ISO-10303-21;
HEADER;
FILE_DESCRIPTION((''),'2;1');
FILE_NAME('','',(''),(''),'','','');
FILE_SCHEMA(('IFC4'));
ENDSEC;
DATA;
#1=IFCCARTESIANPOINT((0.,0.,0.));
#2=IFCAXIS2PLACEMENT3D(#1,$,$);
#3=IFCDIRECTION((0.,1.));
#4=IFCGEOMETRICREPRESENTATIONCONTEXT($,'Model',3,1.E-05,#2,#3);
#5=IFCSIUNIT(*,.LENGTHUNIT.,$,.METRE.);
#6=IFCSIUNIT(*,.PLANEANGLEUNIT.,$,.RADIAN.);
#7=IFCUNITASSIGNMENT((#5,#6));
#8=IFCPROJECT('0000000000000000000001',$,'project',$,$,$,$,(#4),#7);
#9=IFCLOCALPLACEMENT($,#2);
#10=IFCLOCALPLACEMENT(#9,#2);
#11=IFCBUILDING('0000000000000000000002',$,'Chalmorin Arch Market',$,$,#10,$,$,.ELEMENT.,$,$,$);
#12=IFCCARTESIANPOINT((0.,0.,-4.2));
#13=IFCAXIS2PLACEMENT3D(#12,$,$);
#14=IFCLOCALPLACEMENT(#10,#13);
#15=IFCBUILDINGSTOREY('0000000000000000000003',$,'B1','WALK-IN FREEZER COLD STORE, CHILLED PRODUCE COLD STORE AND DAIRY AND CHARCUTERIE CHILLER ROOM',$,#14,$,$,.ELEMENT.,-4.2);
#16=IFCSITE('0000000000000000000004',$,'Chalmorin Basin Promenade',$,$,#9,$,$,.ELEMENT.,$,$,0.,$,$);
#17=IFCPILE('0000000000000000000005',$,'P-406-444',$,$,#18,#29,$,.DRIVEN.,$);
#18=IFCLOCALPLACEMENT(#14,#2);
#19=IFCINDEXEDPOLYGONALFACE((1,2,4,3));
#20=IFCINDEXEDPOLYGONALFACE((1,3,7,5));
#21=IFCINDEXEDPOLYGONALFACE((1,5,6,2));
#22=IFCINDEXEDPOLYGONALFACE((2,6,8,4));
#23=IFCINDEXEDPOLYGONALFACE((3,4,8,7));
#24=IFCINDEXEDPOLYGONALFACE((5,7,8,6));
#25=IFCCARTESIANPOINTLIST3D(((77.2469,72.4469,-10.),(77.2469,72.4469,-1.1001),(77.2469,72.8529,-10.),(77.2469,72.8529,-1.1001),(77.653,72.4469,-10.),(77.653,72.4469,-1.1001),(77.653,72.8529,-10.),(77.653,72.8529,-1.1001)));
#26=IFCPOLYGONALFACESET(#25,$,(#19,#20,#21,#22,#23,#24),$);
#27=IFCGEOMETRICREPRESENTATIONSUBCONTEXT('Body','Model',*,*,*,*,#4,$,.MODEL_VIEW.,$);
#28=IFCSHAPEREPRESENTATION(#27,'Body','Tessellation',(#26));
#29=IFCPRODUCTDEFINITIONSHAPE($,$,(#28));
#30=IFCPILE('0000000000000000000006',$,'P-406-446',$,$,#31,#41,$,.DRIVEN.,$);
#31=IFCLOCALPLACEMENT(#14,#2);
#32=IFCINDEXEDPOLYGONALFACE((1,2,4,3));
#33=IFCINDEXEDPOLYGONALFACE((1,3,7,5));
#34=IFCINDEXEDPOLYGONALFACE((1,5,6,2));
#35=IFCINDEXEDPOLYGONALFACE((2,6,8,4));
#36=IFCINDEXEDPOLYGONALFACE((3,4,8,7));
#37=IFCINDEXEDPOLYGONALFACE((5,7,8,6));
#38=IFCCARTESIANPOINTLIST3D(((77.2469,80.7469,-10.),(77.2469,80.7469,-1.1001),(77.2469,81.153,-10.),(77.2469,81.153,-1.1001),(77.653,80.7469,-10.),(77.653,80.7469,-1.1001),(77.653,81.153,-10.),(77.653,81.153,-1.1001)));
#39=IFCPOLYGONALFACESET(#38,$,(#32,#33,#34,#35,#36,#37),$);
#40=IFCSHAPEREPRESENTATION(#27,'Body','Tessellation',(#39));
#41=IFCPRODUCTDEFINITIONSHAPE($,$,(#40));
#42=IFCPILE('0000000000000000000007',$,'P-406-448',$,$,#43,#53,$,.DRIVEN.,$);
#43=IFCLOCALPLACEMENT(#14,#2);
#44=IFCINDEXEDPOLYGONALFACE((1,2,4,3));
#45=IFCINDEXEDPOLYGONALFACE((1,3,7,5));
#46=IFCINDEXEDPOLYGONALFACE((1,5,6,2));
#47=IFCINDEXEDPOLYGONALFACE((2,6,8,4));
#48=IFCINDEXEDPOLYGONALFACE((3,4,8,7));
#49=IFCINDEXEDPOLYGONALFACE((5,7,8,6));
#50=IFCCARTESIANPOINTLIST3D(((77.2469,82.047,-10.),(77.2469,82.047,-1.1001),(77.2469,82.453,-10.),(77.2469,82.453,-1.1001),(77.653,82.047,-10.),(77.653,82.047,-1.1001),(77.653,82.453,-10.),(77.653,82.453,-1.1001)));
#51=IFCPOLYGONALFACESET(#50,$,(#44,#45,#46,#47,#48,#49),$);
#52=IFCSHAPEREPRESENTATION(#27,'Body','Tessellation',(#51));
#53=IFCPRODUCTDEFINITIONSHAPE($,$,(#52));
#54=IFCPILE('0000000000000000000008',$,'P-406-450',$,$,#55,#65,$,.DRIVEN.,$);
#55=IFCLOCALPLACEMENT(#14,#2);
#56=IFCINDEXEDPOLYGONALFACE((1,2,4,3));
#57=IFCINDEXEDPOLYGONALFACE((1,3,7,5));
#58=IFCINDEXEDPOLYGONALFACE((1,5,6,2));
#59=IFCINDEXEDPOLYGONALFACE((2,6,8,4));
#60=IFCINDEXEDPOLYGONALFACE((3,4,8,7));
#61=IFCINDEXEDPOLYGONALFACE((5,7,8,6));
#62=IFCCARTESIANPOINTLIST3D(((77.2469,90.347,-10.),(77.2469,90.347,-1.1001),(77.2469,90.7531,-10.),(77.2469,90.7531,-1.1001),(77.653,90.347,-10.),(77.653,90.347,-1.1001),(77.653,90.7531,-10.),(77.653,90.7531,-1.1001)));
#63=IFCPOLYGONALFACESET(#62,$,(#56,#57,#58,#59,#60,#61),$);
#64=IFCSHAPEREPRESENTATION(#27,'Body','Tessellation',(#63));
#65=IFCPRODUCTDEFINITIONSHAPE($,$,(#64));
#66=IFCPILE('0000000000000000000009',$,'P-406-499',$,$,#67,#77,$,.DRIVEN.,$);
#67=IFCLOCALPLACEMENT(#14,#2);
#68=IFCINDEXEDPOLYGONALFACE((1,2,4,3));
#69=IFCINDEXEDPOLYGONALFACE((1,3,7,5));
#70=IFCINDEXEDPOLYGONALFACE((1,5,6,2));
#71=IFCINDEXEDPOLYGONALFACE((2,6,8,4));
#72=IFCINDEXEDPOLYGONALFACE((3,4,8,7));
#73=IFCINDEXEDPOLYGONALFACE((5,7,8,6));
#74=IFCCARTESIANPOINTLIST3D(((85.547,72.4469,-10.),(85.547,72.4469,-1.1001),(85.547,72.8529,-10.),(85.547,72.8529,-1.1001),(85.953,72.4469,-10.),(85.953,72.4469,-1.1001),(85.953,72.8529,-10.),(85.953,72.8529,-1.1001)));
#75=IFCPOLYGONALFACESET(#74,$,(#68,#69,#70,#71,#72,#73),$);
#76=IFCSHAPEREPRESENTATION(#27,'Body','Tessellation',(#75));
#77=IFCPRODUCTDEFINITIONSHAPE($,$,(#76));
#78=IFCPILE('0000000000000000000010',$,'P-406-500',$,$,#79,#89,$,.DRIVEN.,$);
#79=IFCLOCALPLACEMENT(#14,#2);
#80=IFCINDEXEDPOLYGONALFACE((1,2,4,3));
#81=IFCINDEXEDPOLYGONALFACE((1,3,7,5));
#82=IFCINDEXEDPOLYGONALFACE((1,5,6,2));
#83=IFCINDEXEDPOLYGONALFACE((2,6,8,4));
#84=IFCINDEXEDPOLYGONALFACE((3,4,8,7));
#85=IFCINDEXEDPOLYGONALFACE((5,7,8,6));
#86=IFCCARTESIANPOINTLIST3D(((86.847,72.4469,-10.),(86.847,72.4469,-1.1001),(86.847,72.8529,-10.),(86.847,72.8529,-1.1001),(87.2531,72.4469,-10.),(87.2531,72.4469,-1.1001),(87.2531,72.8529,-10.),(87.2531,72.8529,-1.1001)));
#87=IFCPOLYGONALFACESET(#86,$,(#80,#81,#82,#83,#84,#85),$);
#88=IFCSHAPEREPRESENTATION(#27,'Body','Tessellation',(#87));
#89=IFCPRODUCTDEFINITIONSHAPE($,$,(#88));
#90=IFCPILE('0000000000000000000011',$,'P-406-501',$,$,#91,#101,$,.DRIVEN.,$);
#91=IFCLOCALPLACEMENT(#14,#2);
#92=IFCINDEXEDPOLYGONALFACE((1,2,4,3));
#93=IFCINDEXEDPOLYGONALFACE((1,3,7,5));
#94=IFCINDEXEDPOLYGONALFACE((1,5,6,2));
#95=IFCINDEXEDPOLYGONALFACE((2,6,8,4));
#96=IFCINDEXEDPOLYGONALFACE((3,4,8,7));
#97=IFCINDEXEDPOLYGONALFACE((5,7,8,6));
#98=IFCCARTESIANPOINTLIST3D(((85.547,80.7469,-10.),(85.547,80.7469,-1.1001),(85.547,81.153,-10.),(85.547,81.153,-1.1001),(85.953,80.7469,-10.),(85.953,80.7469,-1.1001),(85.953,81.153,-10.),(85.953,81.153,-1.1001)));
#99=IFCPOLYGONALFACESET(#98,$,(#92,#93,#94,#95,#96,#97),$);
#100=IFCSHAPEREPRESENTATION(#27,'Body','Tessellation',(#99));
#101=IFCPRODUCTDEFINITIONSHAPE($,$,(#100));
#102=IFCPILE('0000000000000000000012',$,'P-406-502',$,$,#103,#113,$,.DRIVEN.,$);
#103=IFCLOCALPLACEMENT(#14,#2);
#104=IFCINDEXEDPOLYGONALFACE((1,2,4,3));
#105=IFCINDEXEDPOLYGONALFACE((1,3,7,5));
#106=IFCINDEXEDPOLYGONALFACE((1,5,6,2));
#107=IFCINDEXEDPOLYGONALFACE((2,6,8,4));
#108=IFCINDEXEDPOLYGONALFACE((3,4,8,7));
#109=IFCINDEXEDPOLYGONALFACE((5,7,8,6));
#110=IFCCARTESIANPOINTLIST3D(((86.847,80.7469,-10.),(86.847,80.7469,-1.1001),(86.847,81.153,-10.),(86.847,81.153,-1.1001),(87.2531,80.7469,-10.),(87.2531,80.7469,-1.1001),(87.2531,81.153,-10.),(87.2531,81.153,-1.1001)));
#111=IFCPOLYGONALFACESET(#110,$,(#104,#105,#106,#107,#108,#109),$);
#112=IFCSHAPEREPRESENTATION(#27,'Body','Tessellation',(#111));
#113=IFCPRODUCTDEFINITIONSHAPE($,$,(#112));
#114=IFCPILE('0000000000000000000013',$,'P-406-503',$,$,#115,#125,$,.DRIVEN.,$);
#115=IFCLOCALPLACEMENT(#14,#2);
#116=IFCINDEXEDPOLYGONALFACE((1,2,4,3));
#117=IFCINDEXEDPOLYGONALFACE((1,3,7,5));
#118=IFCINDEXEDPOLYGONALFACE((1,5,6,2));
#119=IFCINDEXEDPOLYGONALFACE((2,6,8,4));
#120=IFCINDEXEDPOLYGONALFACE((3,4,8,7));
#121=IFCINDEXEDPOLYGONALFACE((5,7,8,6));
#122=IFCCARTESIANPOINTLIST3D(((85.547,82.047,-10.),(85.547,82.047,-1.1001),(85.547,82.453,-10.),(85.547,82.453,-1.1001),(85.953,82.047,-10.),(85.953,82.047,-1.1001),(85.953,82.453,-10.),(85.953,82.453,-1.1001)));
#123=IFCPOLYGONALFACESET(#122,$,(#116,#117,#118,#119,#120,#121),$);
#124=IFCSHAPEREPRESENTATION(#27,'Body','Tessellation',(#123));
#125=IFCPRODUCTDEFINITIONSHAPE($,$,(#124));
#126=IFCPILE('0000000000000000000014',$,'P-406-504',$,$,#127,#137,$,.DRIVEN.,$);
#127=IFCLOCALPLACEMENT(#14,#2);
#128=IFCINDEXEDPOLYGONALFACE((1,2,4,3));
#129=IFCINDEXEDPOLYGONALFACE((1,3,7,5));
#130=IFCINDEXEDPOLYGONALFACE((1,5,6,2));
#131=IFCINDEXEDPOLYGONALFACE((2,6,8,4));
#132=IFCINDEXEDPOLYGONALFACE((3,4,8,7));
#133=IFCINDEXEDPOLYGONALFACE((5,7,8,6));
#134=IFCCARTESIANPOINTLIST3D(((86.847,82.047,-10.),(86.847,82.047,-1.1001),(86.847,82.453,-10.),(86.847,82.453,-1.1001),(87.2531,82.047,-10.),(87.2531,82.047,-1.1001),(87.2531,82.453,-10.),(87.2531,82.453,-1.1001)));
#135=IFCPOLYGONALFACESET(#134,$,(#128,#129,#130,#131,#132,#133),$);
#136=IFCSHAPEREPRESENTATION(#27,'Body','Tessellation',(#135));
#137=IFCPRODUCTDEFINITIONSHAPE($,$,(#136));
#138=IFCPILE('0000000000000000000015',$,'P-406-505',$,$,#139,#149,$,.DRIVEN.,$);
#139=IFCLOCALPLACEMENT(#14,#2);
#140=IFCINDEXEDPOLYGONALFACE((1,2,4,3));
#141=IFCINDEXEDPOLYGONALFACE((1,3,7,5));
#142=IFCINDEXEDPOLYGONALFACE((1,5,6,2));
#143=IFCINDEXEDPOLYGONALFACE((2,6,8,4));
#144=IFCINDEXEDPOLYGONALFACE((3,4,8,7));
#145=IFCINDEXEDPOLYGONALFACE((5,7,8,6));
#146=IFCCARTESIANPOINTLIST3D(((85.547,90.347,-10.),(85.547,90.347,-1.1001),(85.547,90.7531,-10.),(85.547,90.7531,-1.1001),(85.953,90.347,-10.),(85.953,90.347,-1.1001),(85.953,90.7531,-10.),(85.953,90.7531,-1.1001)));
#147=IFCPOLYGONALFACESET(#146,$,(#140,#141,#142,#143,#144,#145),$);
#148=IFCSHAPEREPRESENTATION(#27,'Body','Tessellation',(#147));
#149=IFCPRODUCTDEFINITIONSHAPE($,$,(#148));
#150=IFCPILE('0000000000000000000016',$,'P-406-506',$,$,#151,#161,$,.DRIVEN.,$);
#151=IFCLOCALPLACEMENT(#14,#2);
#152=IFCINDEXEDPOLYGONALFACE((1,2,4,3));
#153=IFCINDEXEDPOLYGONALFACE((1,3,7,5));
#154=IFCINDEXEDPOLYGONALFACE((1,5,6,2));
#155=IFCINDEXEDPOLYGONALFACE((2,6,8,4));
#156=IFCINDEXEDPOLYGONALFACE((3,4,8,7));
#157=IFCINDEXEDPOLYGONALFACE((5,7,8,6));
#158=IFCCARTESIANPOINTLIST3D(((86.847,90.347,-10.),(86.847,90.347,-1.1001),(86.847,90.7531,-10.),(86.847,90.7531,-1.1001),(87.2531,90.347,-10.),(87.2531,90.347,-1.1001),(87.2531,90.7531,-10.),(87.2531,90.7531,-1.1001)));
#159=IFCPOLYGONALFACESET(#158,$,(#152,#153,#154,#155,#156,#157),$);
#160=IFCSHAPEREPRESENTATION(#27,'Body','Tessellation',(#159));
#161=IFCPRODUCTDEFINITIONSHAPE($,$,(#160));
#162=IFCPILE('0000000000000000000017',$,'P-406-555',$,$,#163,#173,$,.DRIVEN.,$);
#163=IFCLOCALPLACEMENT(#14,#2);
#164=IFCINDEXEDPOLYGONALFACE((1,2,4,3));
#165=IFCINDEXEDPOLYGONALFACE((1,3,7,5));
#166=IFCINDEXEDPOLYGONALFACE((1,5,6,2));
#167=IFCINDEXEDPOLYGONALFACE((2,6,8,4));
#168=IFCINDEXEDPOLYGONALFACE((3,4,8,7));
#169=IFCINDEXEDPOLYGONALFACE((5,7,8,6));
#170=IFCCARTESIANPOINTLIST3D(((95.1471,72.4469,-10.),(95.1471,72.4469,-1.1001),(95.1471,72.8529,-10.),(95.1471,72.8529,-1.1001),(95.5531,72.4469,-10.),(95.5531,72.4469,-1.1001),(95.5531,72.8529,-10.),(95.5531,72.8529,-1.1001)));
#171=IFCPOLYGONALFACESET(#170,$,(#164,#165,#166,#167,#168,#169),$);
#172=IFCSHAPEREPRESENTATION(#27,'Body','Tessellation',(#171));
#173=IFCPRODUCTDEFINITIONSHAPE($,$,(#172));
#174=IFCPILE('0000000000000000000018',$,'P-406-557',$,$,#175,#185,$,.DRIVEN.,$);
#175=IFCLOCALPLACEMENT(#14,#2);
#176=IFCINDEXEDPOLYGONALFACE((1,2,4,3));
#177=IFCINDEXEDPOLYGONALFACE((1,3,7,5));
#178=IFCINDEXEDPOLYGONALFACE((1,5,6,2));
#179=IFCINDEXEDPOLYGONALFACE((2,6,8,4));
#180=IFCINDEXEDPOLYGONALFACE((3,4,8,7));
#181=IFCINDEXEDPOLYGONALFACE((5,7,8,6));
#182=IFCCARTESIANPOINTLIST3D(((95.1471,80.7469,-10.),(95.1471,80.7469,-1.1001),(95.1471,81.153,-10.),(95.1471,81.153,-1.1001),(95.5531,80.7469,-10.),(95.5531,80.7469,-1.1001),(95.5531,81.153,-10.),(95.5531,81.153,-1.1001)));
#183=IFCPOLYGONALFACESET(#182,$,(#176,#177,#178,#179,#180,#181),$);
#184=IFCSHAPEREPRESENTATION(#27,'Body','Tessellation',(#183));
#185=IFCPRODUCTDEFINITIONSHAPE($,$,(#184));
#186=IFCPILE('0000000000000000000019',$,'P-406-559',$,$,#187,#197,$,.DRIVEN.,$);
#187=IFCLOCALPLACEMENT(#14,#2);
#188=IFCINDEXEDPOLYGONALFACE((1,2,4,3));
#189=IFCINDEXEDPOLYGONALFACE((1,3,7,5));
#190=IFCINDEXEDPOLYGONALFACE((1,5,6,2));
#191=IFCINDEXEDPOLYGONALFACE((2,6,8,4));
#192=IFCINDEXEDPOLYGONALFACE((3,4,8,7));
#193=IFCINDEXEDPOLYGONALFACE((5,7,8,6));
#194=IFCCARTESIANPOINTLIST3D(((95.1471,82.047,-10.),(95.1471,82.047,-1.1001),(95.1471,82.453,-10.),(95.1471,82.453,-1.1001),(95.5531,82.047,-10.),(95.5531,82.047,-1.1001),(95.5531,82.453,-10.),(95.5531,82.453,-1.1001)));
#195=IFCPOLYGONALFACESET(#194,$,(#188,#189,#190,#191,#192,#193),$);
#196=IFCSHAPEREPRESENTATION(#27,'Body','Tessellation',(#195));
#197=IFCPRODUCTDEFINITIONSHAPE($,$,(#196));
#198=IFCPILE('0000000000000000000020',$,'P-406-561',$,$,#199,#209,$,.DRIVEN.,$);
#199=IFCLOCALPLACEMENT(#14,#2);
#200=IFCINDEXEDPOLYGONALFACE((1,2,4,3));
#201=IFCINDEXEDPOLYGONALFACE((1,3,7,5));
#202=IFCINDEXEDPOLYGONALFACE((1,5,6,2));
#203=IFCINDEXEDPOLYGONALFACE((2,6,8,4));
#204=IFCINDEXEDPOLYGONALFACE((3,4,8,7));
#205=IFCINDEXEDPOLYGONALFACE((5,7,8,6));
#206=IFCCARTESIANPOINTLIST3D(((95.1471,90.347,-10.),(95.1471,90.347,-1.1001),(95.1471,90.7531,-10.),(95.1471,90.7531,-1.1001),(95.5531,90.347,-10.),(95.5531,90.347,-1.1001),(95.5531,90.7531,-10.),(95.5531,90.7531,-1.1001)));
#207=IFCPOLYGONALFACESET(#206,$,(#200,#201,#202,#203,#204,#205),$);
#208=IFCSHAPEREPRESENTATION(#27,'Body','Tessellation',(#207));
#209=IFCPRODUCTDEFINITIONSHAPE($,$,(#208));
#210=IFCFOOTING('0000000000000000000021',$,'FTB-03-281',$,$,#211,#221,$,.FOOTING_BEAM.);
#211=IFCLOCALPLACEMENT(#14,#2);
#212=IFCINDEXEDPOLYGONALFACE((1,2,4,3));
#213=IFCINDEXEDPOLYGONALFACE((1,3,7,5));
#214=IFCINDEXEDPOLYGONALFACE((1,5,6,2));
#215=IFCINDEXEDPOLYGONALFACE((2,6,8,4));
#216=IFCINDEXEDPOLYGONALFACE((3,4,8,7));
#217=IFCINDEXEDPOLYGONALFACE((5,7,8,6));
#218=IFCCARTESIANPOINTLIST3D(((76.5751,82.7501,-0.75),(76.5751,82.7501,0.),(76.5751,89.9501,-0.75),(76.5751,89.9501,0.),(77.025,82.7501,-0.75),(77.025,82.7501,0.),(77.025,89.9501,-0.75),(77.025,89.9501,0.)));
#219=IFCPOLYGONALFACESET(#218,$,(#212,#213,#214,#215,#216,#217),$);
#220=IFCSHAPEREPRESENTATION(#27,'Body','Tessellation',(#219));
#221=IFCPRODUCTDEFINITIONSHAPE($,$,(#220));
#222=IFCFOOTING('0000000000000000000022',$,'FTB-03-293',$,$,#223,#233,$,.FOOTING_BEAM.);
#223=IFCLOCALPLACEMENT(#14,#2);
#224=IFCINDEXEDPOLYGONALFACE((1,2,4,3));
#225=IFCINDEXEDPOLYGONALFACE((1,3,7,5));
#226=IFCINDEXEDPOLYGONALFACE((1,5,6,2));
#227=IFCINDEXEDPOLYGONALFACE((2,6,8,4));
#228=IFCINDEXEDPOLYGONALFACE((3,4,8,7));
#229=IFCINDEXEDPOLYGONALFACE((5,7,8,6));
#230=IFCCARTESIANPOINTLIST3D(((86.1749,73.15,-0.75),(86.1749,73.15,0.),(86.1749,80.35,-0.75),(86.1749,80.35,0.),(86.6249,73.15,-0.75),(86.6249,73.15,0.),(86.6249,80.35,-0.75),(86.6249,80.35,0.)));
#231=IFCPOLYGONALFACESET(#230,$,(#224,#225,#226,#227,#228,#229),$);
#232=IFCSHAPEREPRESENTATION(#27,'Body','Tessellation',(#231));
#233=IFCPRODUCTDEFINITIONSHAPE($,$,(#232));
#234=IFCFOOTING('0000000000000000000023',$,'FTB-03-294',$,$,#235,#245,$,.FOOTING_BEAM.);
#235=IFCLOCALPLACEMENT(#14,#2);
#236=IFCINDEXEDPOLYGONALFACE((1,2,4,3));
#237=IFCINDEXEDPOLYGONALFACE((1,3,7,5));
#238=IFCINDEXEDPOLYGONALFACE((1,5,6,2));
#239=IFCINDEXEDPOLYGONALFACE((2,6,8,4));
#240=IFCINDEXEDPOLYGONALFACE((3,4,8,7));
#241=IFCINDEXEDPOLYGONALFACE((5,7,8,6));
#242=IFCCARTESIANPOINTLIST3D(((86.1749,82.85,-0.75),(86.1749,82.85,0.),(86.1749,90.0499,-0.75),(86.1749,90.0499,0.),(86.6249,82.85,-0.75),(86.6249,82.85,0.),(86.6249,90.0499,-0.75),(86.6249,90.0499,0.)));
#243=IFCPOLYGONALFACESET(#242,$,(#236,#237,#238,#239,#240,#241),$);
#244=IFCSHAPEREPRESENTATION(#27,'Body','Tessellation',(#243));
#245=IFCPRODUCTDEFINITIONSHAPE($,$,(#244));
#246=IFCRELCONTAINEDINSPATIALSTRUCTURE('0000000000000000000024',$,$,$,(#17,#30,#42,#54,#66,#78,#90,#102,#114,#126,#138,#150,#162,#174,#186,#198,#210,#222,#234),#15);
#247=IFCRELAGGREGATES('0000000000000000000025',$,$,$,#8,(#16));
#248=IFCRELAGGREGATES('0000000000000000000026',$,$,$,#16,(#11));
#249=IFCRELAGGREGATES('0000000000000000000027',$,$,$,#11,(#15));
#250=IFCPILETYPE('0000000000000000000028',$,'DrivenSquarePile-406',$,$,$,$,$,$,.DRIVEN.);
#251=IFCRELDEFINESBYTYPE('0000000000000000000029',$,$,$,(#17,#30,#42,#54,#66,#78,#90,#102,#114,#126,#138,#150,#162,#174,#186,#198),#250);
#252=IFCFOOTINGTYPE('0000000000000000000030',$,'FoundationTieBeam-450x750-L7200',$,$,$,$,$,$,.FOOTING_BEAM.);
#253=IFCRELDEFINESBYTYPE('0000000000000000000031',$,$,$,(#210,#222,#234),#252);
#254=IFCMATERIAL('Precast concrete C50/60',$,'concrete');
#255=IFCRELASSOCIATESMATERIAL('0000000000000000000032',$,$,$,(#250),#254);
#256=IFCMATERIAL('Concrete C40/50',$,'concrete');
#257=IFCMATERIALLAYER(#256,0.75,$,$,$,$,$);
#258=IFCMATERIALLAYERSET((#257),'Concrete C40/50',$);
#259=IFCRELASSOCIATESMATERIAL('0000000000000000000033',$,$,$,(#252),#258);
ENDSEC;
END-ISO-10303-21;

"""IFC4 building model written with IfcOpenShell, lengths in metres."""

from ifc_helpers import new_model, si_unit, direction, frame, origin, origin_2d, place, context, subcontext, project, spatial, rectangle, extrude, material, layer, layer_set, material_profile, profile_set, type_object, element, save


model = new_model("IFC4")

# Units and contexts
model_context = context("Model", 3, precision=1e-05, world=origin(), true_north=direction((0.0, 1.0)))
body_context = subcontext(model_context, "Body", "Model", "MODEL_VIEW")
ifc_project = project(units=[si_unit("LENGTHUNIT", "METRE"), si_unit("PLANEANGLEUNIT", "RADIAN")], contexts=[model_context])

# Site, building, storey
site_placement = place(None, origin())
site = spatial("IfcSite", under=ifc_project, at=site_placement, Name="Chalmorin Basin Promenade", CompositionType="ELEMENT", RefElevation=0.0)
building_placement = place(site_placement, origin())
building = spatial("IfcBuilding", under=site, at=building_placement, Name="Chalmorin Arch Market", CompositionType="ELEMENT")
storey_placement = place(building_placement, frame((0.0, 0.0, -4.2)))
storey = spatial("IfcBuildingStorey", under=building, at=storey_placement, Name="B1", Description="WALK-IN FREEZER COLD STORE, CHILLED PRODUCE COLD STORE AND DAIRY AND CHARCUTERIE CHILLER ROOM", CompositionType="ELEMENT", Elevation=-4.2)

# Piles
ifc_material_1 = material(Name="Precast concrete C50/60", Category="concrete")
ifc_material_profile_1 = material_profile(ifc_material_1, rectangle(XDim=0.406, YDim=0.406, at=origin_2d()), Name="PPC406")
ifc_profile_set_1 = profile_set([ifc_material_profile_1], Name="Precast concrete C50/60")
pile_type = type_object("IfcPileType", Name="DrivenSquarePile-406", PredefinedType="DRIVEN", material=ifc_profile_set_1)
for number, where, z_axis, x_axis, name in (
    (1, (77.45, 72.6499, -1.1001), (0.0, 0.0, -1.0), (1.0, 0.0, 0.0), "P-406-444"),
    (2, (77.45, 80.95, -1.1001), (0.0, 0.0, -1.0), (1.0, 0.0, 0.0), "P-406-446"),
    (3, (77.45, 82.25, -1.1001), (0.0, 0.0, -1.0), (1.0, 0.0, 0.0), "P-406-448"),
    (4, (77.45, 90.55, -1.1001), (0.0, 0.0, -1.0), (1.0, 0.0, 0.0), "P-406-450"),
    (5, (85.75, 72.6499, -1.1001), (0.0, 0.0, -1.0), (1.0, 0.0, 0.0), "P-406-499"),
    (6, (87.05, 72.6499, -1.1001), (0.0, 0.0, -1.0), (1.0, 0.0, 0.0), "P-406-500"),
    (7, (85.75, 80.95, -1.1001), (0.0, 0.0, -1.0), (1.0, 0.0, 0.0), "P-406-501"),
    (8, (87.05, 80.95, -1.1001), (0.0, 0.0, -1.0), (1.0, 0.0, 0.0), "P-406-502"),
    (9, (85.75, 82.25, -1.1001), (0.0, 0.0, -1.0), (1.0, 0.0, 0.0), "P-406-503"),
    (10, (87.05, 82.25, -1.1001), (0.0, 0.0, -1.0), (1.0, 0.0, 0.0), "P-406-504"),
    (11, (85.75, 90.55, -1.1001), (0.0, 0.0, -1.0), (1.0, 0.0, 0.0), "P-406-505"),
    (12, (87.05, 90.55, -1.1001), (0.0, 0.0, -1.0), (1.0, 0.0, 0.0), "P-406-506"),
    (13, (95.3501, 72.6499, -1.1001), (0.0, 0.0, -1.0), (1.0, 0.0, 0.0), "P-406-555"),
    (14, (95.3501, 80.95, -1.1001), (0.0, 0.0, -1.0), (1.0, 0.0, 0.0), "P-406-557"),
    (15, (95.3501, 82.25, -1.1001), (0.0, 0.0, -1.0), (1.0, 0.0, 0.0), "P-406-559"),
    (16, (95.3501, 90.55, -1.1001), (0.0, 0.0, -1.0), (1.0, 0.0, 0.0), "P-406-561"),
):
    element("IfcPile", number, at=place(storey_placement, frame(where, z_axis=z_axis, x_axis=x_axis)), inside=storey, type_object=pile_type, Name=name, PredefinedType="DRIVEN", context=body_context, shape_type="SweptSolid", body=[
        extrude(rectangle(XDim=0.406, YDim=0.406, at=origin_2d()), origin(), (0.0, 0.0, 1.0), 8.8999),
    ])

# Footings
ifc_material_2 = material(Name="Concrete C40/50", Category="concrete")
ifc_layer_1 = layer(ifc_material_2, 0.75)
ifc_layer_set_1 = layer_set([ifc_layer_1], Name="Concrete C40/50")
footing_type_1 = type_object("IfcFootingType", Name="FoundationTieBeam-450x750-L7200", PredefinedType="FOOTING_BEAM", material=ifc_layer_set_1)
for number, where, z_axis, x_axis, name in (
    (17, (76.8, 86.3501, -0.75), (0.0, 0.0, 1.0), (0.0, 1.0, 0.0), "FTB-03-281"),
    (18, (86.3999, 76.75, -0.75), (0.0, 0.0, 1.0), (0.0, 1.0, 0.0), "FTB-03-293"),
    (19, (86.3999, 86.45, -0.75), (0.0, 0.0, 1.0), (0.0, 1.0, 0.0), "FTB-03-294"),
):
    element("IfcFooting", number, at=place(storey_placement, frame(where, z_axis=z_axis, x_axis=x_axis)), inside=storey, type_object=footing_type_1, Name=name, PredefinedType="FOOTING_BEAM", context=body_context, shape_type="SweptSolid", body=[
        extrude(rectangle(XDim=7.2, YDim=0.45, at=origin_2d()), origin(), (0.0, 0.0, 1.0), 0.75),
    ])

save(model, "model.ifc")
